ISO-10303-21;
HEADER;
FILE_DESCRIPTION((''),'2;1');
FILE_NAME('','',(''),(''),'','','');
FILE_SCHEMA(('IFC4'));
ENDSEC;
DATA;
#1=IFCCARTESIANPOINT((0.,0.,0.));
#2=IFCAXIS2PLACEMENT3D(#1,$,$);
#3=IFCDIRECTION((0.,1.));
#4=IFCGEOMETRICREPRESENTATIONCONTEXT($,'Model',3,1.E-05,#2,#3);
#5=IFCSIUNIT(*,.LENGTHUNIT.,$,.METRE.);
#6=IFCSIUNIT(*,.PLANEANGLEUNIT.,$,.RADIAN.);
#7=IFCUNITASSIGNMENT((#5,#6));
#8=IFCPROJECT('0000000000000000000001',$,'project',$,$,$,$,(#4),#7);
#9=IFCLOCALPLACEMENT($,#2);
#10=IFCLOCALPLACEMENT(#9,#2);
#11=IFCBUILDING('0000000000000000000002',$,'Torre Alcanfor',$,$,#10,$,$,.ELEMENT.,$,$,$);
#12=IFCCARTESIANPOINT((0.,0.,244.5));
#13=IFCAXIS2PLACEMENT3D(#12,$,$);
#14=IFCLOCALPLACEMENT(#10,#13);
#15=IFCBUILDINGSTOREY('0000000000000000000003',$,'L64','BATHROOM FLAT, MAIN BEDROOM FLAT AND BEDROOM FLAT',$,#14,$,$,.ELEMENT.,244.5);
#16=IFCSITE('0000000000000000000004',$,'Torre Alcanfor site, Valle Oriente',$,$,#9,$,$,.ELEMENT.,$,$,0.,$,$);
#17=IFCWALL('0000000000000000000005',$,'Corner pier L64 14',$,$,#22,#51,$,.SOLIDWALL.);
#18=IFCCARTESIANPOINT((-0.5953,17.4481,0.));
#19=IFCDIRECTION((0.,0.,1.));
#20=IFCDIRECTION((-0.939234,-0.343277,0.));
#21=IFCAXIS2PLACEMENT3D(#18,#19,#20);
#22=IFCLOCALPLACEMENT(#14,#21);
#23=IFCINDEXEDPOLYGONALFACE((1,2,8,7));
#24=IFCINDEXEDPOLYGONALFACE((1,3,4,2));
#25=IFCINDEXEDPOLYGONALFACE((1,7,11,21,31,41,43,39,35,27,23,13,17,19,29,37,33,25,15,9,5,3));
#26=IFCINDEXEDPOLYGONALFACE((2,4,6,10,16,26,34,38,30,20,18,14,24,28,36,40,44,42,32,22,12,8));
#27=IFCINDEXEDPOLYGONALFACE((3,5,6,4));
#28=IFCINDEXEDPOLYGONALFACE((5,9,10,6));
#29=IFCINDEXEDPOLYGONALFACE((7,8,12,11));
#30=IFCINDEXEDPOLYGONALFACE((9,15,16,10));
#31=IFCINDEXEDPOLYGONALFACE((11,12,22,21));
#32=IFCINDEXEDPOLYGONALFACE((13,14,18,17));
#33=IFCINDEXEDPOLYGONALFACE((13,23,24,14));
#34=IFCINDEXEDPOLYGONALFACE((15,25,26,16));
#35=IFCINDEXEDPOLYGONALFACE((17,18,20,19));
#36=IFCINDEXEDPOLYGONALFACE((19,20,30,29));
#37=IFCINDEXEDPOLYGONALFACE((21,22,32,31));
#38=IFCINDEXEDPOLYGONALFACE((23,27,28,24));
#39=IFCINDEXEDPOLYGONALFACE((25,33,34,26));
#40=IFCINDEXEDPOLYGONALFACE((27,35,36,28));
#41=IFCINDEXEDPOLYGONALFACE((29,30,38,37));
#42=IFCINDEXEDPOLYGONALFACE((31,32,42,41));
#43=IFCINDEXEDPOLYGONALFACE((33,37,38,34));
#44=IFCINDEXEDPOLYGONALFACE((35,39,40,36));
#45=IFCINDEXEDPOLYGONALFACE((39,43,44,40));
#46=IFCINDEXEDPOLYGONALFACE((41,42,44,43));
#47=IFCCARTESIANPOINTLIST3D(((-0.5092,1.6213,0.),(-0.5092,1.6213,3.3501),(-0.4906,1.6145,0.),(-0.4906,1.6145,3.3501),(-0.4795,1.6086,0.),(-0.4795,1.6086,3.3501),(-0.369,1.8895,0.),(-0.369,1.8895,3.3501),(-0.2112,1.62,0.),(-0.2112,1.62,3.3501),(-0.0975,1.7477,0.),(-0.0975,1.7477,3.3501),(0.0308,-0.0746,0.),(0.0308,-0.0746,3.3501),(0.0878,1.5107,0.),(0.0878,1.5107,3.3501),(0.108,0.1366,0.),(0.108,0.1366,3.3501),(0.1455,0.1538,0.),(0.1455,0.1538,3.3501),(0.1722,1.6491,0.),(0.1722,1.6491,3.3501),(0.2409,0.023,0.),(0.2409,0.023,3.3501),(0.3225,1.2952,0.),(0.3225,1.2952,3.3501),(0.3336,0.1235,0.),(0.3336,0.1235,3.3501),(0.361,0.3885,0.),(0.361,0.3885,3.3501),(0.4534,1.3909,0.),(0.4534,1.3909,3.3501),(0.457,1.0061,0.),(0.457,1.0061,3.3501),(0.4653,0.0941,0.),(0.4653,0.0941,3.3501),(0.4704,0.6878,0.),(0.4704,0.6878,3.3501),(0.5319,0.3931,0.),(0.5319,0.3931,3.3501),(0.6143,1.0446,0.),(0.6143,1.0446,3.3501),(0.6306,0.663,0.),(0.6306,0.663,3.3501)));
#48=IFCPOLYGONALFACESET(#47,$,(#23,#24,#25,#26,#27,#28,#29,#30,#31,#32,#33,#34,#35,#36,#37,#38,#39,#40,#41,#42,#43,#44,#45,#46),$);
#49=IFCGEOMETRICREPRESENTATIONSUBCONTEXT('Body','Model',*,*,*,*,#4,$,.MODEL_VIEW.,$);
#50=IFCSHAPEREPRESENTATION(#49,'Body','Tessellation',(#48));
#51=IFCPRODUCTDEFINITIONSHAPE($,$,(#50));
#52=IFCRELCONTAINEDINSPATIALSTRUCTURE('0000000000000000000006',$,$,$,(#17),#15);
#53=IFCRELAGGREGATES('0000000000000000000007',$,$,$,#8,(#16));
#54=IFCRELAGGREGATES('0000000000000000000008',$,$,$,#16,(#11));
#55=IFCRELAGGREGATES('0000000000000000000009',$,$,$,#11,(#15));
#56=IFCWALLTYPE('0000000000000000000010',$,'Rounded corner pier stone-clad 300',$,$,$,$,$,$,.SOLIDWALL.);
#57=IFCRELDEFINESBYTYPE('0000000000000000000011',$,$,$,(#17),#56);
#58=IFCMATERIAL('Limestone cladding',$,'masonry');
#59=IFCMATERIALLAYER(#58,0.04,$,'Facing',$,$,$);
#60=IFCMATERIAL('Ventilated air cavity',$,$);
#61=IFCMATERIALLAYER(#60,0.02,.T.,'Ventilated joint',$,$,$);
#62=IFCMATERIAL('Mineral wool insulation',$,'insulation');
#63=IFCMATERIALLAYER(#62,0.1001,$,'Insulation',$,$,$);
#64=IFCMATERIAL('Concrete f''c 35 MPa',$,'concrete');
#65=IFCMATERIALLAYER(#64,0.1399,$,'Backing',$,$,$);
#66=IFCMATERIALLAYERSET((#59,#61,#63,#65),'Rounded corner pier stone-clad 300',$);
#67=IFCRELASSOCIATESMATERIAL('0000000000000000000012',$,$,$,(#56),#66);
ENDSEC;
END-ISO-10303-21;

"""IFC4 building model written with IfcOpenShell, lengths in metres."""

from ifc_helpers import new_model, si_unit, direction, frame, origin, place, context, subcontext, project, spatial, polyline, outline, extrude, material, layer, layer_set, type_object, element, save


model = new_model("IFC4")

# Units and contexts
model_context = context("Model", 3, precision=1e-05, world=origin(), true_north=direction((0.0, 1.0)))
body_context = subcontext(model_context, "Body", "Model", "MODEL_VIEW")
ifc_project = project(units=[si_unit("LENGTHUNIT", "METRE"), si_unit("PLANEANGLEUNIT", "RADIAN")], contexts=[model_context])

# Site, building, storey
site_placement = place(None, origin())
site = spatial("IfcSite", under=ifc_project, at=site_placement, Name="Torre Alcanfor site, Valle Oriente", CompositionType="ELEMENT", RefElevation=0.0)
building_placement = place(site_placement, origin())
building = spatial("IfcBuilding", under=site, at=building_placement, Name="Torre Alcanfor", CompositionType="ELEMENT")
storey_placement = place(building_placement, frame((0.0, 0.0, 244.5)))
storey = spatial("IfcBuildingStorey", under=building, at=storey_placement, Name="L64", Description="BATHROOM FLAT, MAIN BEDROOM FLAT AND BEDROOM FLAT", CompositionType="ELEMENT", Elevation=244.5)

# Shared definitions
ifc_material_1 = material(Name="Limestone cladding", Category="masonry")
ifc_material_2 = material(Name="Ventilated air cavity")
ifc_material_3 = material(Name="Mineral wool insulation", Category="insulation")
ifc_material_4 = material(Name="Concrete f'c 35 MPa", Category="concrete")

# Wall
ifc_layer_1 = layer(ifc_material_1, 0.04, Name="Facing")
ifc_layer_2 = layer(ifc_material_2, 0.02, ventilated=True, Name="Ventilated joint")
ifc_layer_3 = layer(ifc_material_3, 0.1001, Name="Insulation")
ifc_layer_4 = layer(ifc_material_4, 0.1399, Name="Backing")
ifc_layer_set_1 = layer_set([ifc_layer_1, ifc_layer_2, ifc_layer_3, ifc_layer_4], Name="Rounded corner pier stone-clad 300")
wall_type_1 = type_object("IfcWallType", Name="Rounded corner pier stone-clad 300", PredefinedType="SOLIDWALL", material=ifc_layer_set_1)
wall_1_placement = place(storey_placement, frame((-0.5953, 17.4481, 0.0), z_axis=(0.0, 0.0, 1.0), x_axis=(-0.939234, -0.343277, 0.0)))
element("IfcWall", 1, at=wall_1_placement, inside=storey, type_object=wall_type_1, Name="Corner pier L64 14", PredefinedType="SOLIDWALL", context=body_context, shape_type="SweptSolid", body=[
    extrude(outline(polyline([(-0.369, 1.8895), (-0.5092, 1.6213), (-0.4906, 1.6145), (-0.4795, 1.6086), (-0.2112, 1.62), (0.0878, 1.5107), (0.3225, 1.2952), (0.457, 1.0061), (0.4704, 0.6878), (0.361, 0.3885), (0.1455, 0.1538), (0.108, 0.1366), (0.0308, -0.0746), (0.2409, 0.023), (0.3336, 0.1235), (0.4653, 0.0941), (0.5319, 0.3931), (0.6306, 0.663), (0.6143, 1.0446), (0.4534, 1.3909), (0.1722, 1.6491), (-0.0975, 1.7477), (-0.369, 1.8895)])), origin(), (0.0, 0.0, 1.0), 3.3501),
])

save(model, "model.ifc")
